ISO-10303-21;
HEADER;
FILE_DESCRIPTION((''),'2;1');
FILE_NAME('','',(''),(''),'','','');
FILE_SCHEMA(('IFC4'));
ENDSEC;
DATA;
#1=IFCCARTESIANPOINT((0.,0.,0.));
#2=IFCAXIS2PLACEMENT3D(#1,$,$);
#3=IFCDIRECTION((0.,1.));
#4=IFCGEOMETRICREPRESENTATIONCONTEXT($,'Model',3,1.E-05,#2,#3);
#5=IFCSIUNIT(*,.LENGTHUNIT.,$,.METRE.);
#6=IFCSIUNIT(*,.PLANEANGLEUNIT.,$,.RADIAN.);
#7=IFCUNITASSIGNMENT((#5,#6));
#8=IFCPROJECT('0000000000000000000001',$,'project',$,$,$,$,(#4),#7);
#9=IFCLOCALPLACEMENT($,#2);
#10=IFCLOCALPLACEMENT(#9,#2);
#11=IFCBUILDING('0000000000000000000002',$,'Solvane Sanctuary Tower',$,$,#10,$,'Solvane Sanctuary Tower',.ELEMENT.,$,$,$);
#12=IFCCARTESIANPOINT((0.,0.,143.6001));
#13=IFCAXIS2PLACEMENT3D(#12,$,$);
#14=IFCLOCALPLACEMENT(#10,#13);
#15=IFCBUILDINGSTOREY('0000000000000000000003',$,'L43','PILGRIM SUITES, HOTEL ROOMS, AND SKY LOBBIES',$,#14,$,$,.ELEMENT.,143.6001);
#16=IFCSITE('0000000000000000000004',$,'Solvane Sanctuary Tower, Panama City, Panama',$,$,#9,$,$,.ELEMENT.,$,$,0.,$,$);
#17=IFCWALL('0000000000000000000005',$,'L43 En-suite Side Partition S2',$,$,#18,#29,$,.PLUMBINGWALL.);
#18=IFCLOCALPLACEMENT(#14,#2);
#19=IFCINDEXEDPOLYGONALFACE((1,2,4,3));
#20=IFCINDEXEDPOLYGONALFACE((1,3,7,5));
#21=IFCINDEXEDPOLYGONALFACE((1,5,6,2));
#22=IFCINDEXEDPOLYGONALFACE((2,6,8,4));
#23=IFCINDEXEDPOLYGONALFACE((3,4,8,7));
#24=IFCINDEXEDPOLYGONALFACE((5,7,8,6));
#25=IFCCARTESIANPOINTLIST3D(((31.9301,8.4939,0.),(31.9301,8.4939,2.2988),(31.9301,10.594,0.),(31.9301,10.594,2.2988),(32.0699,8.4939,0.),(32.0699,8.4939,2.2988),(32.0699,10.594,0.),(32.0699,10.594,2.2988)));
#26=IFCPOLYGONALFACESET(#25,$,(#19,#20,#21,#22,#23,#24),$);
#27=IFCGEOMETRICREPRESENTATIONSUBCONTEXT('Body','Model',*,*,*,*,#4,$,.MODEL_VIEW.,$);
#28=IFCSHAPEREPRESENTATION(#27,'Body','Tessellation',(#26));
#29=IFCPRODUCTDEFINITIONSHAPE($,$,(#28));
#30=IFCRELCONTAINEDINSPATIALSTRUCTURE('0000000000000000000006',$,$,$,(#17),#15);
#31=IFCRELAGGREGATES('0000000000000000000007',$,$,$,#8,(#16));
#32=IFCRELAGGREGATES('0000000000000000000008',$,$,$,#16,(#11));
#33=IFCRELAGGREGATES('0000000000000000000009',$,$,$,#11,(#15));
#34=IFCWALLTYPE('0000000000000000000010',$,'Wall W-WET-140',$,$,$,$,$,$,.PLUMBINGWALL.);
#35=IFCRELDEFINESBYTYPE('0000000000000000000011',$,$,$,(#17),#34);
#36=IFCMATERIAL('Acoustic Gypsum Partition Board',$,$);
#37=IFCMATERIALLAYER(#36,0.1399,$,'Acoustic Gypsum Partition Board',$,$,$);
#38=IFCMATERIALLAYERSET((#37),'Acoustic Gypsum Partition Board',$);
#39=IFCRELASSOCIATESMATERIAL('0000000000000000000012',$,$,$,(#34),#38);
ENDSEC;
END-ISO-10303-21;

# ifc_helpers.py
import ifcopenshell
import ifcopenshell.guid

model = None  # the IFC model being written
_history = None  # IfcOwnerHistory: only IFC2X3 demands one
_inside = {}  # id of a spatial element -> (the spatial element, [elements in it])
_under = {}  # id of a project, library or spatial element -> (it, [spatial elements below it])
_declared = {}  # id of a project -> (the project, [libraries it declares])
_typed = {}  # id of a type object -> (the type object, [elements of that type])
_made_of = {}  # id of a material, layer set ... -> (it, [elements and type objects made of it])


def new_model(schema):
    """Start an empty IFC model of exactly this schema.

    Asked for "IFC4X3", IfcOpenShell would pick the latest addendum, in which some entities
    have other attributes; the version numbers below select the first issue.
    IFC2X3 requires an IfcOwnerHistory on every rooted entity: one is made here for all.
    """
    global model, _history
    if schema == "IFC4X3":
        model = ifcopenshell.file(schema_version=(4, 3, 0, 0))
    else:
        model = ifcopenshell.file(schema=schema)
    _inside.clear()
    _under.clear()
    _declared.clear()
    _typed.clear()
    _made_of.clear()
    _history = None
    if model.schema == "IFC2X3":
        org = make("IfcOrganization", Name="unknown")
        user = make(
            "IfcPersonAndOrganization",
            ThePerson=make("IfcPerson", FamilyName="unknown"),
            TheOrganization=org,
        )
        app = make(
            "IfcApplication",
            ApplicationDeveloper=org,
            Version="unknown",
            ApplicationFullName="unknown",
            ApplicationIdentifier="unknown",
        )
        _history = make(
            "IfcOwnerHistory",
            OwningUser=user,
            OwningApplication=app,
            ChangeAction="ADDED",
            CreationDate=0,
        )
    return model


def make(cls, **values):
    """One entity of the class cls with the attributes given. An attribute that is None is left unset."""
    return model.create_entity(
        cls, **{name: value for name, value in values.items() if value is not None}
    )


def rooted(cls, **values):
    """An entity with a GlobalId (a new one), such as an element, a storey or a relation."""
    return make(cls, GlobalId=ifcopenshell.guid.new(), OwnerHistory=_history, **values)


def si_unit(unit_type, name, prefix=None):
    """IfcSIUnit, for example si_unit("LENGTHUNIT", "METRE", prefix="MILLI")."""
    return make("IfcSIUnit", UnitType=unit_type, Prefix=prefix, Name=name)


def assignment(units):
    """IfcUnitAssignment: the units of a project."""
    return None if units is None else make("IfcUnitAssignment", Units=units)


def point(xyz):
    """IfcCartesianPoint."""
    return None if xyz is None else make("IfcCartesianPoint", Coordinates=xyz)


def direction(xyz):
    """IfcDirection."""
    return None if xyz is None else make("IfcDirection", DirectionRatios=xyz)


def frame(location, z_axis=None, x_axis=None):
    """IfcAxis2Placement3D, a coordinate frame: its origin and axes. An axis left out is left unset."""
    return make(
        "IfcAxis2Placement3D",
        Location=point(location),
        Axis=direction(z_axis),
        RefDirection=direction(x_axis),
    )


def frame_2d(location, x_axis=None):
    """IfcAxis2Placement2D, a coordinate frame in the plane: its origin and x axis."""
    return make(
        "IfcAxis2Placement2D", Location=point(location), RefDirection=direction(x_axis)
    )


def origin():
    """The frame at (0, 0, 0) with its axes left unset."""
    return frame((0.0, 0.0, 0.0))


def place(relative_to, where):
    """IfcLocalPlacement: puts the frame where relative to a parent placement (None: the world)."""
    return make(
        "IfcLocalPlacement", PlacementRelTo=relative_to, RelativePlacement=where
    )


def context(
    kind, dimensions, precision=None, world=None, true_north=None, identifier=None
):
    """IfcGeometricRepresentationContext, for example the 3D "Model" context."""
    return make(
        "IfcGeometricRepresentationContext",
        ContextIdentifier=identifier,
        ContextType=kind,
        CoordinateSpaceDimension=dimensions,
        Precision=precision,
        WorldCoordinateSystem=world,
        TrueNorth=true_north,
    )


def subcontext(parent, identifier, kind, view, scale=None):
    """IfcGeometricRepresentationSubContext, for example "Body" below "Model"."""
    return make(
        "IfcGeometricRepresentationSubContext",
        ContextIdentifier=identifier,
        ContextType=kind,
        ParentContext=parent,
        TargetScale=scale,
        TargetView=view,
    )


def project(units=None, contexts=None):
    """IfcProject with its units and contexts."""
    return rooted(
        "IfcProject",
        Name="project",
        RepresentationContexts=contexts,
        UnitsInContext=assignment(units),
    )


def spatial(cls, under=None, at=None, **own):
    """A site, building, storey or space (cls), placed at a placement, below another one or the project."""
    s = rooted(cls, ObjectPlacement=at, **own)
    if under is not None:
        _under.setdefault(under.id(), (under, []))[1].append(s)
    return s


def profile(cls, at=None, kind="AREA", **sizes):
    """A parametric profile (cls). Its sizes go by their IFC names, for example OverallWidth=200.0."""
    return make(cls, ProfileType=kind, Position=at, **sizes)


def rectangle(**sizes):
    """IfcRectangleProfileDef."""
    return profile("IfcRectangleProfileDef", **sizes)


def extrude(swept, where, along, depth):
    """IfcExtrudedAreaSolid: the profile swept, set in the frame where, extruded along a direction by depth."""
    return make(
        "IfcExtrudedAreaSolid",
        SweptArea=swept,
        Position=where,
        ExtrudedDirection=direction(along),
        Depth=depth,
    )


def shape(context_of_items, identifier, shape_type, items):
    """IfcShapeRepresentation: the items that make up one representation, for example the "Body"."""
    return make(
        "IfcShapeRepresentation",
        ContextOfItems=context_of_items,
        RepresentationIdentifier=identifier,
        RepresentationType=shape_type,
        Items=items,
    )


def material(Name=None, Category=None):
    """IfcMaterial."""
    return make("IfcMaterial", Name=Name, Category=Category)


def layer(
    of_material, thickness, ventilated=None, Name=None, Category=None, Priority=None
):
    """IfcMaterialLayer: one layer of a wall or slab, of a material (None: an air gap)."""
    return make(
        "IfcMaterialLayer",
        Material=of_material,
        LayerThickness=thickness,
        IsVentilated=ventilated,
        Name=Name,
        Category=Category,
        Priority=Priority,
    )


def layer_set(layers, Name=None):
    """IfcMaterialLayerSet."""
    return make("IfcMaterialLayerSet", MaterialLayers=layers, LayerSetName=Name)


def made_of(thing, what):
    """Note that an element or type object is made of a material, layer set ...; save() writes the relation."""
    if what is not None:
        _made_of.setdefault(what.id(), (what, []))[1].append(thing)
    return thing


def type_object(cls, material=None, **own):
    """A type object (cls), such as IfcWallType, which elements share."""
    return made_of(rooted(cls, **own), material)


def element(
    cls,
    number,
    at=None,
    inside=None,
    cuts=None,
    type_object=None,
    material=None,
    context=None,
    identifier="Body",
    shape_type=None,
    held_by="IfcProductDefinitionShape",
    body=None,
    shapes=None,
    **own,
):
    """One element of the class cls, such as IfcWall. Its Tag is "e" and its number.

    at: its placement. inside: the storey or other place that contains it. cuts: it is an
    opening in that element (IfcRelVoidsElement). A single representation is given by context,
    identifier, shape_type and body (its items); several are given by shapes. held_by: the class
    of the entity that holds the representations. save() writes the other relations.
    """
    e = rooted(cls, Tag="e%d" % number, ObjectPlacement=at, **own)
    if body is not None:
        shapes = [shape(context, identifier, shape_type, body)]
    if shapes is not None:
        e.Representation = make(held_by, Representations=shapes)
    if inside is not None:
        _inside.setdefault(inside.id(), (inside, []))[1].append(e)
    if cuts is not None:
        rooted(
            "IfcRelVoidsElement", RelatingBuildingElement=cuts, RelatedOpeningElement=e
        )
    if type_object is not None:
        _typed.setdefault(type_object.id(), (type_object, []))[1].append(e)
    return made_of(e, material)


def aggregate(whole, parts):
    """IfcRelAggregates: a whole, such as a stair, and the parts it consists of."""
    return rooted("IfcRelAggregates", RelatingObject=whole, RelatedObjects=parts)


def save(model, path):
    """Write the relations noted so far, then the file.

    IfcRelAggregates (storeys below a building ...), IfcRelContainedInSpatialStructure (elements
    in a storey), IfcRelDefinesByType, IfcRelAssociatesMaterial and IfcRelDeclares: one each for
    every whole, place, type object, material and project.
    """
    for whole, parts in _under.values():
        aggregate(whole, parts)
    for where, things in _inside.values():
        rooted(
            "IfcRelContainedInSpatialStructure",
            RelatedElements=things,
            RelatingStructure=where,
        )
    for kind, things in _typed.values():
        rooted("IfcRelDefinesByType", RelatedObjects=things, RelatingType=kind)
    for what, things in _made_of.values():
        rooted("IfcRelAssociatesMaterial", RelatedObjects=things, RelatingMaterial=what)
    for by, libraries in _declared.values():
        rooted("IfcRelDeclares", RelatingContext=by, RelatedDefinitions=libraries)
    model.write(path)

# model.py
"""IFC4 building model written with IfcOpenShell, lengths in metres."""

from ifc_helpers import new_model, si_unit, direction, frame, frame_2d, origin, place, context, subcontext, project, spatial, rectangle, extrude, material, layer, layer_set, type_object, element, save


model = new_model("IFC4")

# Units and contexts
model_context = context("Model", 3, precision=1e-05, world=origin(), true_north=direction((0.0, 1.0)))
body_context = subcontext(model_context, "Body", "Model", "MODEL_VIEW")
ifc_project = project(units=[si_unit("LENGTHUNIT", "METRE"), si_unit("PLANEANGLEUNIT", "RADIAN")], contexts=[model_context])

# Site, building, storey
site_placement = place(None, origin())
site = spatial("IfcSite", under=ifc_project, at=site_placement, Name="Solvane Sanctuary Tower, Panama City, Panama", CompositionType="ELEMENT", RefElevation=0.0)
building_placement = place(site_placement, origin())
building = spatial("IfcBuilding", under=site, at=building_placement, Name="Solvane Sanctuary Tower", LongName="Solvane Sanctuary Tower", CompositionType="ELEMENT")
storey_placement = place(building_placement, frame((0.0, 0.0, 143.6001)))
storey = spatial("IfcBuildingStorey", under=building, at=storey_placement, Name="L43", Description="PILGRIM SUITES, HOTEL ROOMS, AND SKY LOBBIES", CompositionType="ELEMENT", Elevation=143.6001)

# Shared definitions
ifc_material_1 = material(Name="Acoustic Gypsum Partition Board")

# Wall
ifc_layer_1 = layer(ifc_material_1, 0.1399, Name="Acoustic Gypsum Partition Board")
ifc_layer_set_1 = layer_set([ifc_layer_1], Name="Acoustic Gypsum Partition Board")
wall_type_1 = type_object("IfcWallType", Name="Wall W-WET-140", PredefinedType="PLUMBINGWALL", material=ifc_layer_set_1)
wall_1_placement = place(storey_placement, frame((32.0, 10.594, 0.0), z_axis=(0.0, 0.0, 1.0), x_axis=(0.0, -1.0, 0.0)))
element("IfcWall", 1, at=wall_1_placement, inside=storey, type_object=wall_type_1, Name="L43 En-suite Side Partition S2", PredefinedType="PLUMBINGWALL", context=body_context, shape_type="SweptSolid", body=[
    extrude(rectangle(XDim=2.1001, YDim=0.1399, at=frame_2d((1.05, 0.0))), origin(), (0.0, 0.0, 1.0), 2.2988),
])

save(model, "model.ifc")
